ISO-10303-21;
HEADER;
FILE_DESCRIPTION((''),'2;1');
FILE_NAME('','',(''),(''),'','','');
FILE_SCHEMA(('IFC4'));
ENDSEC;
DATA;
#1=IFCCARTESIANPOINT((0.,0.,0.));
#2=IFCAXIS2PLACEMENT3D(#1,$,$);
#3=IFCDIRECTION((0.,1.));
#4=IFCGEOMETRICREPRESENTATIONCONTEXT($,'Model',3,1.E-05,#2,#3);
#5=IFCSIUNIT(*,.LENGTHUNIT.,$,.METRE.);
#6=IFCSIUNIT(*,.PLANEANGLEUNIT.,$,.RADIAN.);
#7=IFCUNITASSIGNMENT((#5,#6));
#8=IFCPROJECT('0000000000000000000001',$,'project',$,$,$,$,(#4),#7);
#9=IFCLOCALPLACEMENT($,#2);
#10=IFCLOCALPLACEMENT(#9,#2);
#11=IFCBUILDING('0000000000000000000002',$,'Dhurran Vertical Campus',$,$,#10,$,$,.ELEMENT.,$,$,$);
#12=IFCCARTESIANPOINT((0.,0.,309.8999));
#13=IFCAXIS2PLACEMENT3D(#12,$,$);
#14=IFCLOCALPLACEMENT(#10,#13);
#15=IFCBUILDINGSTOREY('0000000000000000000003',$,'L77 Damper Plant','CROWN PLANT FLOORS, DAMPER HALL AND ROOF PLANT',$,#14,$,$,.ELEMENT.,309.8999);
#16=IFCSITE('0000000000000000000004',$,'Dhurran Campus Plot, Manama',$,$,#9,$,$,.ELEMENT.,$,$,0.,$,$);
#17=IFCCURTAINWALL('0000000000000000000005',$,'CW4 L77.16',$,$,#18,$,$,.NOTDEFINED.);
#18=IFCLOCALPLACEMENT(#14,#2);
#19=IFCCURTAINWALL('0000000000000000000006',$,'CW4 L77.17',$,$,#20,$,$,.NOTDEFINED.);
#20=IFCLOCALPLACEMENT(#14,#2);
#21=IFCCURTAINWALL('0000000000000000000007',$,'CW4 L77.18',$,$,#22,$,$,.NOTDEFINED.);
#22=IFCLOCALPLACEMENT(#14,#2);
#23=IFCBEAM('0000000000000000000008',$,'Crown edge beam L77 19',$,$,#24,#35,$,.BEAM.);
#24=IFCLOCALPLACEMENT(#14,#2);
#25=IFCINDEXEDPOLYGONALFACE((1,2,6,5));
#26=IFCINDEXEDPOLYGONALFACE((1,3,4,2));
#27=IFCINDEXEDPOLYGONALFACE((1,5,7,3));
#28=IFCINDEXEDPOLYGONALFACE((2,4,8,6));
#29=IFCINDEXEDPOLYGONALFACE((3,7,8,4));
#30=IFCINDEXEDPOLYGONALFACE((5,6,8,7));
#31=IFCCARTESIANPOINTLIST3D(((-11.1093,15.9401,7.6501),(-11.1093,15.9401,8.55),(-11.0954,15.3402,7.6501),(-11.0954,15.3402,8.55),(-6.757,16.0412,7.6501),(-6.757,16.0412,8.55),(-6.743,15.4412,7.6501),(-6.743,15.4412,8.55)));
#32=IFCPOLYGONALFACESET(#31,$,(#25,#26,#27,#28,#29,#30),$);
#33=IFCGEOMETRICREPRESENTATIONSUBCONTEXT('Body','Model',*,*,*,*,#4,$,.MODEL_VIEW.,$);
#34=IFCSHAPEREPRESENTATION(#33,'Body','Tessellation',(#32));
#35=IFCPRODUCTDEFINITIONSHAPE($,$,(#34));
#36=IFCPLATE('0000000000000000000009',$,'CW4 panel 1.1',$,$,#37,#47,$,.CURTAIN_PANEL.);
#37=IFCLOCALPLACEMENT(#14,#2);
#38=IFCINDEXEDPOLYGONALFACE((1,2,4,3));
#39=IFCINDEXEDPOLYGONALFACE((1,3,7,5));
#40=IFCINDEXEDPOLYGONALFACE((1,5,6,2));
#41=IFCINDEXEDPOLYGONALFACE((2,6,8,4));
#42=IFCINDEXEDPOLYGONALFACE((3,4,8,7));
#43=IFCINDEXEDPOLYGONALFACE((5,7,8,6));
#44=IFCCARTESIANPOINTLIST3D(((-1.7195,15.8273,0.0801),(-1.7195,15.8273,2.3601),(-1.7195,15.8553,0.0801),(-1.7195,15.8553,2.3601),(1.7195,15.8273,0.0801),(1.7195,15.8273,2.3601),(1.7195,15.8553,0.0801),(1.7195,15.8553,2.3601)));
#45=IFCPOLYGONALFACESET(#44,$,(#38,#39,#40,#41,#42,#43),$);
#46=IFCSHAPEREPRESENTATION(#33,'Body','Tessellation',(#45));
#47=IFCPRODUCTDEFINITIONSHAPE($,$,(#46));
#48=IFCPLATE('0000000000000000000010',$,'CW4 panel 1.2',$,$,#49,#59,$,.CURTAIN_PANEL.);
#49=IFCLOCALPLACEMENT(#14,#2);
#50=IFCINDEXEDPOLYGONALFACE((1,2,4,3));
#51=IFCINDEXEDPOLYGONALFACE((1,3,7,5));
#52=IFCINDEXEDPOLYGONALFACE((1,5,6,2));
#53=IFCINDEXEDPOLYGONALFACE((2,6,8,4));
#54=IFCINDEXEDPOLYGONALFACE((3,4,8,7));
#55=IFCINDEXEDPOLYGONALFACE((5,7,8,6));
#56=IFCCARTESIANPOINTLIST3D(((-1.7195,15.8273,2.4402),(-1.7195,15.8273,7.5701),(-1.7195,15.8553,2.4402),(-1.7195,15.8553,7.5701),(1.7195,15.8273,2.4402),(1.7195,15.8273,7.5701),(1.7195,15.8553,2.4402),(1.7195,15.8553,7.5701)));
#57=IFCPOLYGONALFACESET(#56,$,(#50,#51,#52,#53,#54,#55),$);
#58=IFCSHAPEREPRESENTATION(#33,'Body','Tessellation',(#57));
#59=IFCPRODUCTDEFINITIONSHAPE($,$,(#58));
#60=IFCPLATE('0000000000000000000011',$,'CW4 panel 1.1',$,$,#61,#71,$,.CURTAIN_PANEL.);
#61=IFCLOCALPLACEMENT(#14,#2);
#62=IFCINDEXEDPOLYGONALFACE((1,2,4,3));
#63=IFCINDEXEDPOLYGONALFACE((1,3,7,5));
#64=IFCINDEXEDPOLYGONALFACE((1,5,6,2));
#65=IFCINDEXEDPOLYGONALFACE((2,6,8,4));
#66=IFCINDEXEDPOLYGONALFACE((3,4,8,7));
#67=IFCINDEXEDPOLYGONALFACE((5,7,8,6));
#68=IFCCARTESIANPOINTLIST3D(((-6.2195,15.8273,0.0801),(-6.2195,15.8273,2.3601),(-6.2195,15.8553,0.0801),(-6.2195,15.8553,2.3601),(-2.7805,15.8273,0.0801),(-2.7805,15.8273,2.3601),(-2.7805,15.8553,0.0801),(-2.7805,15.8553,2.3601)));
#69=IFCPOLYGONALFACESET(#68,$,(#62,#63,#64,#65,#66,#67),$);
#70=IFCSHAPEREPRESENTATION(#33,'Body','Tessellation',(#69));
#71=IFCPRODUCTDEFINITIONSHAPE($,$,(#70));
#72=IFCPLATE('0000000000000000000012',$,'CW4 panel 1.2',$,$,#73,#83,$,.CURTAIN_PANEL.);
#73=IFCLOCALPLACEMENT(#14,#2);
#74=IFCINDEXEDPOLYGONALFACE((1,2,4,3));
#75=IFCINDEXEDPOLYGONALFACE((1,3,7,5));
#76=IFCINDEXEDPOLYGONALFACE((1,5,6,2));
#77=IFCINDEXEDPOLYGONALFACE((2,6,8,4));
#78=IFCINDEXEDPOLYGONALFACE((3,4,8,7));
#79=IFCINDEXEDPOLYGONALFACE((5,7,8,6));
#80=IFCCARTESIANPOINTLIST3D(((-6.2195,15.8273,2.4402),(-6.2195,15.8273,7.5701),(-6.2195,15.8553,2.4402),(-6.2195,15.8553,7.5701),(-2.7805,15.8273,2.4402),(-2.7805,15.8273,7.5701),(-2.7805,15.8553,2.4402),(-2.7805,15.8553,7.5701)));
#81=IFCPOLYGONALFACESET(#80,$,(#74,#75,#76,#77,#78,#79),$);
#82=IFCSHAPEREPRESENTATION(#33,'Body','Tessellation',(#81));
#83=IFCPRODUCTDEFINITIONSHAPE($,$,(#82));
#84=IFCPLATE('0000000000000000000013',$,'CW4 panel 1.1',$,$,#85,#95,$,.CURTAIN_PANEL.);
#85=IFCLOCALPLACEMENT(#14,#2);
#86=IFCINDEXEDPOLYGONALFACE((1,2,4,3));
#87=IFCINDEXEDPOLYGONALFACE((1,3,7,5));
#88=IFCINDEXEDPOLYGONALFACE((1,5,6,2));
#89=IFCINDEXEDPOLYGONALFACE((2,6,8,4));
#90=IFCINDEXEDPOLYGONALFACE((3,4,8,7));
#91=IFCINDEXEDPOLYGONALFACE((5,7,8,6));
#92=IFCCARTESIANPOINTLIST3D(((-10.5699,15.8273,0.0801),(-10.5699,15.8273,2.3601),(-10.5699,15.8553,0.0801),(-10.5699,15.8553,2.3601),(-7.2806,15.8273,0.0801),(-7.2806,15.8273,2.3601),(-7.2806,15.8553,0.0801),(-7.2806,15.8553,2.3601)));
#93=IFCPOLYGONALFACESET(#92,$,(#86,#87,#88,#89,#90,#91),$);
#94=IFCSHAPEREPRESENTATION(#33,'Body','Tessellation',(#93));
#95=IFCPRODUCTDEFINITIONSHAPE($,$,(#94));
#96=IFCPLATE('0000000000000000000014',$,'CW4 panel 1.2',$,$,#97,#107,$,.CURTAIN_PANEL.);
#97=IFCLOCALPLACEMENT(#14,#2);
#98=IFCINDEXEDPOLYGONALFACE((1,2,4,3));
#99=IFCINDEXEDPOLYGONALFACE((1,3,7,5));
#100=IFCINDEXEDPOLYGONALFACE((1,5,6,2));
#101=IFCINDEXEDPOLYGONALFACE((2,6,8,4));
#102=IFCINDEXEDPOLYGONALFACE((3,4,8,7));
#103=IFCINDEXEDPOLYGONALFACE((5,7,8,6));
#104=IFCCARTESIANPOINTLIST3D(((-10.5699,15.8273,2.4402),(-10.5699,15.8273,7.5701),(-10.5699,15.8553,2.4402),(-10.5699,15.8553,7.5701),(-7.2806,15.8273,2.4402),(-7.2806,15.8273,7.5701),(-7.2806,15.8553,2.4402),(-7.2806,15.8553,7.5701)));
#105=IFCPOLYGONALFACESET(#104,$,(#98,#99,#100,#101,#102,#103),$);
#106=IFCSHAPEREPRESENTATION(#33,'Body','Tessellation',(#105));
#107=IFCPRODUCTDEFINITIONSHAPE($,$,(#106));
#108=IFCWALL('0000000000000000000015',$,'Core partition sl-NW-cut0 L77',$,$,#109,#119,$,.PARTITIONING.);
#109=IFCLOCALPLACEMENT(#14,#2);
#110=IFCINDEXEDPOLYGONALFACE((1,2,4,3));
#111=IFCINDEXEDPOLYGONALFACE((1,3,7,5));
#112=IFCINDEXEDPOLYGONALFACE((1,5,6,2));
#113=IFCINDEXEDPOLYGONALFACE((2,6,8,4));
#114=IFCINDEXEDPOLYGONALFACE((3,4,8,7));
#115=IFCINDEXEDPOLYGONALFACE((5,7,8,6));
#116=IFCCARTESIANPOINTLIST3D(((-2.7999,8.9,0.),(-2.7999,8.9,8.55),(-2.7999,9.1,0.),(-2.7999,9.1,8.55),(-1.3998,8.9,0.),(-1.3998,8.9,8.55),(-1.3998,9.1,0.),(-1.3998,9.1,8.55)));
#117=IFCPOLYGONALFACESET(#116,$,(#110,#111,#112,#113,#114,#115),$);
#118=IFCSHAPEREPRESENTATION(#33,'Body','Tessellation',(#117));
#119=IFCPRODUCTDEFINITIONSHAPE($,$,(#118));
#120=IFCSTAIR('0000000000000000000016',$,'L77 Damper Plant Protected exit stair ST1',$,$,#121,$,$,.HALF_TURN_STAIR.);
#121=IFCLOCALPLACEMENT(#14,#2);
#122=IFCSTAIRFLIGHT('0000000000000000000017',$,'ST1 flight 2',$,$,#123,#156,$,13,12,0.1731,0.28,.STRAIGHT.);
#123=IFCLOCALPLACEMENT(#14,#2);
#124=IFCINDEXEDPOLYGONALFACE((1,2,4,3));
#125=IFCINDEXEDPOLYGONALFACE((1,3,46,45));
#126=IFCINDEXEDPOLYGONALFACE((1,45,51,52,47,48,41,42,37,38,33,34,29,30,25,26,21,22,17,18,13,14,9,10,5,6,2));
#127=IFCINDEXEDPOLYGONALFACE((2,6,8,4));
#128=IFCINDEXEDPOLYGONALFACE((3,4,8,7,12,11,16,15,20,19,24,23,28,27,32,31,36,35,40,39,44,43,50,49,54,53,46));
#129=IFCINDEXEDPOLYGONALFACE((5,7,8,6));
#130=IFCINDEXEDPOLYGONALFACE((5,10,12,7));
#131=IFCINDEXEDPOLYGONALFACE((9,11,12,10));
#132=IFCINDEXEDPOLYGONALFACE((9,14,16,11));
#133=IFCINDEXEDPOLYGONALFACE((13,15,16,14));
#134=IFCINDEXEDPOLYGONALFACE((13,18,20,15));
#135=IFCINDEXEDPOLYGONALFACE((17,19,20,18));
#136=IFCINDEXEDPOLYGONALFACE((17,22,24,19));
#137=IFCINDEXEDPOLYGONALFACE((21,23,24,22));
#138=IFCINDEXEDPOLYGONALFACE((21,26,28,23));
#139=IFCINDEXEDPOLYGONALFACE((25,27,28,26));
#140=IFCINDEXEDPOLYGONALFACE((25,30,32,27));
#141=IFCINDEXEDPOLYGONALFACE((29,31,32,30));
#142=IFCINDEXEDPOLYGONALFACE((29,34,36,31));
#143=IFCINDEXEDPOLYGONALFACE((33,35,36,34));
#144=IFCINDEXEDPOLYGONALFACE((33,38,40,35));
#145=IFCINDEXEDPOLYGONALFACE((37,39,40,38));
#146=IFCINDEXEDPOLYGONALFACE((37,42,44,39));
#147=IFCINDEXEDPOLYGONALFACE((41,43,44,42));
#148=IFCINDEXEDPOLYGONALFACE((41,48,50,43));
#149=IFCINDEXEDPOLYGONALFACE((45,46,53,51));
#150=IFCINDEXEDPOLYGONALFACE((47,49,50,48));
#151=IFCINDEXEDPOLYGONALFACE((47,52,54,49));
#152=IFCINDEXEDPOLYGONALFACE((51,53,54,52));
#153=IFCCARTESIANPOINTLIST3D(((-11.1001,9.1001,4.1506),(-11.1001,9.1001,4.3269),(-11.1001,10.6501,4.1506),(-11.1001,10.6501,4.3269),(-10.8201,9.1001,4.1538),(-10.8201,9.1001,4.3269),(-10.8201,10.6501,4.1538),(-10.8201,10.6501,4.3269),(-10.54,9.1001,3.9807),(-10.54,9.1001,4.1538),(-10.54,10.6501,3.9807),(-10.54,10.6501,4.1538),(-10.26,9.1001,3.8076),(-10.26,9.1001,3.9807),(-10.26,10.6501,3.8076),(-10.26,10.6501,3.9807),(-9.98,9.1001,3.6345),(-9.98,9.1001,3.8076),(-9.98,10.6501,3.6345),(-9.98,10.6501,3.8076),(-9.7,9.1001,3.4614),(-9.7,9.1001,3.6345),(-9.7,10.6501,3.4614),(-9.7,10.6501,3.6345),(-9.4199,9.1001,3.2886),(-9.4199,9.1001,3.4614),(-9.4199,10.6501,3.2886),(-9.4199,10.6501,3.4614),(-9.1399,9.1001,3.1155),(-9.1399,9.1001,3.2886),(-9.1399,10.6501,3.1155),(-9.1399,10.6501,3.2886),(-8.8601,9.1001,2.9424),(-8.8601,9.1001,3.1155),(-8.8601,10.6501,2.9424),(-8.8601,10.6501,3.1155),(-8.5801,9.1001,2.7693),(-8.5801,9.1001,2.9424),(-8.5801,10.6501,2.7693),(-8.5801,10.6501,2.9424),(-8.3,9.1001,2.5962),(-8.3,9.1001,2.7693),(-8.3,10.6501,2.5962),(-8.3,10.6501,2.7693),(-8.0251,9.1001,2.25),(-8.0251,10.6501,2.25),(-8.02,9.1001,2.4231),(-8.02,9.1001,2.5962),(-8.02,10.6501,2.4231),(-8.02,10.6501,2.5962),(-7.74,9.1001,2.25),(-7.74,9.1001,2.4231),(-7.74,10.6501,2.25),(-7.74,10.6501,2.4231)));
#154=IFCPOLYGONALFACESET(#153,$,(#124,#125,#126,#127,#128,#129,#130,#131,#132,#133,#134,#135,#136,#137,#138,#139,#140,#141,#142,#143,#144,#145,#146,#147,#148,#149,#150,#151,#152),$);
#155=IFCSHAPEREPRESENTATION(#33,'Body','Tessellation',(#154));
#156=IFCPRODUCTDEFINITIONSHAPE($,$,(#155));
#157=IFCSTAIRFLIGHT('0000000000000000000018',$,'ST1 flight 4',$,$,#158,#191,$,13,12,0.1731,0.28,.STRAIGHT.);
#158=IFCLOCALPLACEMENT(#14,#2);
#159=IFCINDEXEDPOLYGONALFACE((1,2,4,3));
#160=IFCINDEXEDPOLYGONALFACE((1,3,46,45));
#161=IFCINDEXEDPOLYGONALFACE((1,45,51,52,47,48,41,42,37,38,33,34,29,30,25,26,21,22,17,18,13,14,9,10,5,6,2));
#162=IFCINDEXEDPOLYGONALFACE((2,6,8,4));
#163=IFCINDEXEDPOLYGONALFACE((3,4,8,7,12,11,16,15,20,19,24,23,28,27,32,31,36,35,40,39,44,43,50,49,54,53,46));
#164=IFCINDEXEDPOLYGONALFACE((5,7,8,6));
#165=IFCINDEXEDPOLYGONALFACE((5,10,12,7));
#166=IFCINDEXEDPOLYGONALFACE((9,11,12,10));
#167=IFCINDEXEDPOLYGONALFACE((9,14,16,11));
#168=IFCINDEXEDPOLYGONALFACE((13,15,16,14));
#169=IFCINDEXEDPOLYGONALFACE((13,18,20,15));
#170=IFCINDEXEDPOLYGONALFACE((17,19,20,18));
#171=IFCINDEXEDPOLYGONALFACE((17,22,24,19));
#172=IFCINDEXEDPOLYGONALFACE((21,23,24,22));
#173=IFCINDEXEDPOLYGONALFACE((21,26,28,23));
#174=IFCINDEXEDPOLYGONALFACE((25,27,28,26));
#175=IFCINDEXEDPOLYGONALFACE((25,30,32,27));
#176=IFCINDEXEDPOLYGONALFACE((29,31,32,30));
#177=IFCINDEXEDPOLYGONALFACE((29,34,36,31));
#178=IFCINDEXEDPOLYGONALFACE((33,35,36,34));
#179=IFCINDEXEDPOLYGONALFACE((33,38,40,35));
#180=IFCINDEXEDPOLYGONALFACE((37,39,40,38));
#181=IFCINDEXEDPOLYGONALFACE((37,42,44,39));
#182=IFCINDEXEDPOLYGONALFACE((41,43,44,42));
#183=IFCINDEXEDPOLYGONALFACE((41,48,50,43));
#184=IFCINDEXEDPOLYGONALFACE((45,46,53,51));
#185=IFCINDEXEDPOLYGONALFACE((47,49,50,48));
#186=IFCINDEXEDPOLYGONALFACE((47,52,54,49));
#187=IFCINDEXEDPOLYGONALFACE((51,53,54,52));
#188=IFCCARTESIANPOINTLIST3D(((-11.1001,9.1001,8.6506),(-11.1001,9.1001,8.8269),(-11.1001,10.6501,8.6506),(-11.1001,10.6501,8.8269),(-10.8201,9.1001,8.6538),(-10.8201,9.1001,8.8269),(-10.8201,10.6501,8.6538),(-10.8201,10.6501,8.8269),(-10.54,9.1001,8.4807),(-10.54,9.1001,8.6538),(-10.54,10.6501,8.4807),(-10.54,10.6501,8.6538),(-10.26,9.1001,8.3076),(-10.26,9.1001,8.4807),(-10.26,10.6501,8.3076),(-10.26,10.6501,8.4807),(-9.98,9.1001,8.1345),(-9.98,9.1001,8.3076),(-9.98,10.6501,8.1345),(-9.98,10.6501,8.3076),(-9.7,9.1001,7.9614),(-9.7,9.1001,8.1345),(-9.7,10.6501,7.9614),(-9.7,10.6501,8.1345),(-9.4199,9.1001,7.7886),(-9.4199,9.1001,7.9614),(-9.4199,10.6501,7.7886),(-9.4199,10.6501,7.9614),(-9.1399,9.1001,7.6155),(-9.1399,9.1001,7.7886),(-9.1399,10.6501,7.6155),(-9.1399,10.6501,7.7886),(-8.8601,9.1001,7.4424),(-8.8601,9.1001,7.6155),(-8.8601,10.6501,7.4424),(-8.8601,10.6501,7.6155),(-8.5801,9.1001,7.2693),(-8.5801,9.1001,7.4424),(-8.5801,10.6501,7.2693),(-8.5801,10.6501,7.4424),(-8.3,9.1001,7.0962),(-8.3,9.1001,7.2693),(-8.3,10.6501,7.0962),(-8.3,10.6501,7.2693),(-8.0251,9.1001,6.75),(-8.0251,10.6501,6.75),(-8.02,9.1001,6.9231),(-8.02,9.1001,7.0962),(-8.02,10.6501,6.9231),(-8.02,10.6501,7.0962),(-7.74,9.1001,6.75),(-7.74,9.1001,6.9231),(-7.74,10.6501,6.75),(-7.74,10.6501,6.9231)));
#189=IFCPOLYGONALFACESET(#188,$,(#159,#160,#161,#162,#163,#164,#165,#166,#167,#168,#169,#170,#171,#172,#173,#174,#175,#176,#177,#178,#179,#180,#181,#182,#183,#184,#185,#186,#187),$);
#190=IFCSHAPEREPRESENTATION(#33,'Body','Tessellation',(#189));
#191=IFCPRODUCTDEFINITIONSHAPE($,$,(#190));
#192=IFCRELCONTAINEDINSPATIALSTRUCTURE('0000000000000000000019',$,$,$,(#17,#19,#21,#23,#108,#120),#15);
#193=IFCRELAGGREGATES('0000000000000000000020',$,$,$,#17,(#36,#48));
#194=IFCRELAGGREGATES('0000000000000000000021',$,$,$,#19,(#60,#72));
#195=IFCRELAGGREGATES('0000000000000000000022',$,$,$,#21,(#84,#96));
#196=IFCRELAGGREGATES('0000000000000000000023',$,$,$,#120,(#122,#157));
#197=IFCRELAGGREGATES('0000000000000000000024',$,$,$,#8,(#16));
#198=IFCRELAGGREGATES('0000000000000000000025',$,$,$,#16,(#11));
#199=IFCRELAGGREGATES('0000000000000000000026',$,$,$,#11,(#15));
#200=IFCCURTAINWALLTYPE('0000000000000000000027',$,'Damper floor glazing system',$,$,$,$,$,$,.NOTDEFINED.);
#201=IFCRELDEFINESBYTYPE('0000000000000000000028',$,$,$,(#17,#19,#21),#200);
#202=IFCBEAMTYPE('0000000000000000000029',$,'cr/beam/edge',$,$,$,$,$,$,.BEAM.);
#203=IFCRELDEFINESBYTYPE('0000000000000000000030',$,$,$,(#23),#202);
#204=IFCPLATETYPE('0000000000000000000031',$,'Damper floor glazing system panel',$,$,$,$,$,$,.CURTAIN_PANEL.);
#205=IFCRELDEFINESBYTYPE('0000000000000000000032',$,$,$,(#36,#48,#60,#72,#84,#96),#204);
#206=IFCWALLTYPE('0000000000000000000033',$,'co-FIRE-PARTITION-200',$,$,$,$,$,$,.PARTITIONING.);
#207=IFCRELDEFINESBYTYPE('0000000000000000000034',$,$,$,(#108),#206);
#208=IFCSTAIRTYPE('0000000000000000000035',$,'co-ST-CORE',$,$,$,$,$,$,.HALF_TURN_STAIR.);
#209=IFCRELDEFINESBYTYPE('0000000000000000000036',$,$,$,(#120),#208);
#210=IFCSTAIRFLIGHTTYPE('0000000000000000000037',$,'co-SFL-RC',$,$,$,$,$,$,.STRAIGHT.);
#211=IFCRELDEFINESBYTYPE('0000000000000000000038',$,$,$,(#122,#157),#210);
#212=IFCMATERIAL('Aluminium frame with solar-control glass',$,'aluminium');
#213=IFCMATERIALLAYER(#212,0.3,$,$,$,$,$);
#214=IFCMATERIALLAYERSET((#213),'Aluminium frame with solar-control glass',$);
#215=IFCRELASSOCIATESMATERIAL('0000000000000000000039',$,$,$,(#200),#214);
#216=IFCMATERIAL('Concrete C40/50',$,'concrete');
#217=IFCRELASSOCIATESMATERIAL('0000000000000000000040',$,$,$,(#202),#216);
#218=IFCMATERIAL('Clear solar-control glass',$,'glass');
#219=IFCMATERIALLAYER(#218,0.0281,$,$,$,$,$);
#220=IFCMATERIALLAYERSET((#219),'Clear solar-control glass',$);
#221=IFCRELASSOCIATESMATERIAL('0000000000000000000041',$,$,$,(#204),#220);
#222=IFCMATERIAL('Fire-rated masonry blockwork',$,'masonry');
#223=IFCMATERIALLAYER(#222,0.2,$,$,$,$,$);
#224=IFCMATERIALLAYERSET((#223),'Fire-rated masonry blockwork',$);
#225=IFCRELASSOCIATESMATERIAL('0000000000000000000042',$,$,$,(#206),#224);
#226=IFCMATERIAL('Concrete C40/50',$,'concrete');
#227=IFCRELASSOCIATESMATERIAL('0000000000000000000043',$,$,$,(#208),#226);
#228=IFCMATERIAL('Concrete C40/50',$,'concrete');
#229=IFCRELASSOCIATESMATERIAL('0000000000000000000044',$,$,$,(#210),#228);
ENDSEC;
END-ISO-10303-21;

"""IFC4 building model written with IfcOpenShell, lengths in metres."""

from ifc_helpers import new_model, si_unit, direction, frame, frame_2d, origin, origin_2d, place, context, subcontext, project, spatial, polyline, rectangle, outline, extrude, material, layer, layer_set, material_profile, profile_set, type_object, element, aggregate, save


model = new_model("IFC4")

# Units and contexts
model_context = context("Model", 3, precision=1e-05, world=origin(), true_north=direction((0.0, 1.0)))
body_context = subcontext(model_context, "Body", "Model", "MODEL_VIEW")
ifc_project = project(units=[si_unit("LENGTHUNIT", "METRE"), si_unit("PLANEANGLEUNIT", "RADIAN")], contexts=[model_context])

# Site, building, storey
site_placement = place(None, origin())
site = spatial("IfcSite", under=ifc_project, at=site_placement, Name="Dhurran Campus Plot, Manama", CompositionType="ELEMENT", RefElevation=0.0)
building_placement = place(site_placement, origin())
building = spatial("IfcBuilding", under=site, at=building_placement, Name="Dhurran Vertical Campus", CompositionType="ELEMENT")
storey_placement = place(building_placement, frame((0.0, 0.0, 309.8999)))
storey = spatial("IfcBuildingStorey", under=building, at=storey_placement, Name="L77 Damper Plant", Description="CROWN PLANT FLOORS, DAMPER HALL AND ROOF PLANT", CompositionType="ELEMENT", Elevation=309.8999)

# Curtain wall
ifc_material_1 = material(Name="Aluminium frame with solar-control glass", Category="aluminium")
ifc_layer_1 = layer(ifc_material_1, 0.3)
ifc_layer_set_1 = layer_set([ifc_layer_1], Name="Aluminium frame with solar-control glass")
curtain_wall_type = type_object("IfcCurtainWallType", Name="Damper floor glazing system", PredefinedType="NOTDEFINED", material=ifc_layer_set_1)
curtain_wall_1_placement = place(storey_placement, origin())
curtain_wall_1 = element("IfcCurtainWall", 1, at=curtain_wall_1_placement, inside=storey, type_object=curtain_wall_type, Name="CW4 L77.16", PredefinedType="NOTDEFINED")

# Curtain walls
curtain_wall_2_placement = place(storey_placement, origin())
curtain_wall_2 = element("IfcCurtainWall", 2, at=curtain_wall_2_placement, inside=storey, type_object=curtain_wall_type, Name="CW4 L77.17", PredefinedType="NOTDEFINED")
curtain_wall_3_placement = place(storey_placement, origin())
curtain_wall_3 = element("IfcCurtainWall", 3, at=curtain_wall_3_placement, inside=storey, type_object=curtain_wall_type, Name="CW4 L77.18", PredefinedType="NOTDEFINED")

# Beam
ifc_material_2 = material(Name="Concrete C40/50", Category="concrete")
ifc_material_profile_1 = material_profile(ifc_material_2, rectangle(XDim=0.6001, YDim=0.8999, at=origin_2d()), Name="cr/beam/edge")
ifc_profile_set_1 = profile_set([ifc_material_profile_1], Name="Concrete C40/50")
beam_type = type_object("IfcBeamType", Name="cr/beam/edge", PredefinedType="BEAM", material=ifc_profile_set_1)
beam_1_placement = place(storey_placement, frame((-6.75, 15.7412, 8.1001), z_axis=(-0.99973, -0.023217, 0.0), x_axis=(0.023217, -0.99973, 0.0)))
element("IfcBeam", 4, at=beam_1_placement, inside=storey, type_object=beam_type, Name="Crown edge beam L77 19", PredefinedType="BEAM", context=body_context, shape_type="SweptSolid", body=[
    extrude(rectangle(XDim=0.6001, YDim=0.8999, at=origin_2d()), origin(), (0.0, 0.0, 1.0), 4.3535),
])

# Plates
ifc_material_3 = material(Name="Clear solar-control glass", Category="glass")
ifc_layer_2 = layer(ifc_material_3, 0.0281)
ifc_layer_set_2 = layer_set([ifc_layer_2], Name="Clear solar-control glass")
plate_type = type_object("IfcPlateType", Name="Damper floor glazing system panel", PredefinedType="CURTAIN_PANEL", material=ifc_layer_set_2)
plate_1_placement = place(storey_placement, frame((0.0, 15.8413, 0.0801), z_axis=(0.0, 0.0, 1.0), x_axis=(-1.0, 0.0, 0.0)))
plate_1 = element("IfcPlate", 5, at=plate_1_placement, type_object=plate_type, Name="CW4 panel 1.1", PredefinedType="CURTAIN_PANEL", context=body_context, shape_type="SweptSolid", body=[
    extrude(rectangle(XDim=3.439, YDim=0.0281, at=origin_2d()), origin(), (0.0, 0.0, 1.0), 2.28),
])
plate_2_placement = place(storey_placement, frame((0.0, 15.8413, 2.4402), z_axis=(0.0, 0.0, 1.0), x_axis=(-1.0, 0.0, 0.0)))
plate_2 = element("IfcPlate", 6, at=plate_2_placement, type_object=plate_type, Name="CW4 panel 1.2", PredefinedType="CURTAIN_PANEL", context=body_context, shape_type="SweptSolid", body=[
    extrude(rectangle(XDim=3.439, YDim=0.0281, at=origin_2d()), origin(), (0.0, 0.0, 1.0), 5.1299),
])
aggregate(curtain_wall_1, [plate_1, plate_2])
plate_3_placement = place(storey_placement, frame((-4.5, 15.8413, 0.0801), z_axis=(0.0, 0.0, 1.0), x_axis=(-1.0, 0.0, 0.0)))
plate_3 = element("IfcPlate", 7, at=plate_3_placement, type_object=plate_type, Name="CW4 panel 1.1", PredefinedType="CURTAIN_PANEL", context=body_context, shape_type="SweptSolid", body=[
    extrude(rectangle(XDim=3.439, YDim=0.0281, at=origin_2d()), origin(), (0.0, 0.0, 1.0), 2.28),
])
plate_4_placement = place(storey_placement, frame((-4.5, 15.8413, 2.4402), z_axis=(0.0, 0.0, 1.0), x_axis=(-1.0, 0.0, 0.0)))
plate_4 = element("IfcPlate", 8, at=plate_4_placement, type_object=plate_type, Name="CW4 panel 1.2", PredefinedType="CURTAIN_PANEL", context=body_context, shape_type="SweptSolid", body=[
    extrude(rectangle(XDim=3.439, YDim=0.0281, at=origin_2d()), origin(), (0.0, 0.0, 1.0), 5.1299),
])
aggregate(curtain_wall_2, [plate_3, plate_4])
plate_5_placement = place(storey_placement, frame((-8.9253, 15.8413, 0.0801), z_axis=(0.0, 0.0, 1.0), x_axis=(-1.0, 0.0, 0.0)))
plate_5 = element("IfcPlate", 9, at=plate_5_placement, type_object=plate_type, Name="CW4 panel 1.1", PredefinedType="CURTAIN_PANEL", context=body_context, shape_type="SweptSolid", body=[
    extrude(rectangle(XDim=3.2893, YDim=0.0281, at=origin_2d()), origin(), (0.0, 0.0, 1.0), 2.28),
])
plate_6_placement = place(storey_placement, frame((-8.9253, 15.8413, 2.4402), z_axis=(0.0, 0.0, 1.0), x_axis=(-1.0, 0.0, 0.0)))
plate_6 = element("IfcPlate", 10, at=plate_6_placement, type_object=plate_type, Name="CW4 panel 1.2", PredefinedType="CURTAIN_PANEL", context=body_context, shape_type="SweptSolid", body=[
    extrude(rectangle(XDim=3.2893, YDim=0.0281, at=origin_2d()), origin(), (0.0, 0.0, 1.0), 5.1299),
])
aggregate(curtain_wall_3, [plate_5, plate_6])

# Wall
ifc_material_4 = material(Name="Fire-rated masonry blockwork", Category="masonry")
ifc_layer_3 = layer(ifc_material_4, 0.2)
ifc_layer_set_3 = layer_set([ifc_layer_3], Name="Fire-rated masonry blockwork")
wall_type = type_object("IfcWallType", Name="co-FIRE-PARTITION-200", PredefinedType="PARTITIONING", material=ifc_layer_set_3)
wall_placement = place(storey_placement, frame((-2.8, 9.0, 0.0), z_axis=(0.0, 0.0, 1.0), x_axis=(1.0, 0.0, 0.0)))
element("IfcWall", 11, at=wall_placement, inside=storey, type_object=wall_type, Name="Core partition sl-NW-cut0 L77", PredefinedType="PARTITIONING", context=body_context, shape_type="SweptSolid", body=[
    extrude(rectangle(XDim=1.4001, YDim=0.2, at=frame_2d((0.7002, 0.0))), origin(), (0.0, 0.0, 1.0), 8.55),
])

# Stair, stair flights
ifc_material_5 = material(Name="Concrete C40/50", Category="concrete")
stair_type = type_object("IfcStairType", Name="co-ST-CORE", PredefinedType="HALF_TURN_STAIR", material=ifc_material_5)
stair_placement = place(storey_placement, origin())
stair = element("IfcStair", 12, at=stair_placement, inside=storey, type_object=stair_type, Name="L77 Damper Plant Protected exit stair ST1", PredefinedType="HALF_TURN_STAIR")
ifc_material_6 = material(Name="Concrete C40/50", Category="concrete")
stair_flight_type = type_object("IfcStairFlightType", Name="co-SFL-RC", PredefinedType="STRAIGHT", material=ifc_material_6)
stair_flight_1_placement = place(storey_placement, frame((-7.74, 9.875, 2.25), z_axis=(0.0, 0.0, 1.0), x_axis=(-1.0, 0.0, 0.0)))
stair_flight_1 = element("IfcStairFlight", 13, at=stair_flight_1_placement, type_object=stair_flight_type, Name="ST1 flight 2", NumberOfRisers=13, NumberOfTreads=12, PredefinedType="STRAIGHT", RiserHeight=0.1731, TreadLength=0.28, context=body_context, shape_type="SweptSolid", body=[
    extrude(outline(polyline([(0.0, 0.0), (0.0, 0.1731), (0.28, 0.1731), (0.28, 0.3462), (0.5601, 0.3462), (0.5601, 0.5193), (0.8401, 0.5193), (0.8401, 0.6924), (1.1201, 0.6924), (1.1201, 0.8655), (1.3999, 0.8655), (1.3999, 1.0386), (1.6799, 1.0386), (1.6799, 1.2114), (1.96, 1.2114), (1.96, 1.3845), (2.24, 1.3845), (2.24, 1.5576), (2.52, 1.5576), (2.52, 1.7307), (2.8, 1.7307), (2.8, 1.9038), (3.0801, 1.9038), (3.0801, 2.0769), (3.3601, 2.0769), (3.3601, 2.25), (3.3601, 1.9006), (0.2852, 0.0), (0.0, 0.0)])), frame((0.0, 0.7749, 0.0), z_axis=(0.0, -1.0, 0.0), x_axis=(1.0, 0.0, 0.0)), (0.0, 0.0, 1.0), 1.55),
])
stair_flight_2_placement = place(storey_placement, frame((-7.74, 9.875, 6.75), z_axis=(0.0, 0.0, 1.0), x_axis=(-1.0, 0.0, 0.0)))
stair_flight_2 = element("IfcStairFlight", 14, at=stair_flight_2_placement, type_object=stair_flight_type, Name="ST1 flight 4", NumberOfRisers=13, NumberOfTreads=12, PredefinedType="STRAIGHT", RiserHeight=0.1731, TreadLength=0.28, context=body_context, shape_type="SweptSolid", body=[
    extrude(outline(polyline([(0.0, 0.0), (0.0, 0.1731), (0.28, 0.1731), (0.28, 0.3462), (0.5601, 0.3462), (0.5601, 0.5193), (0.8401, 0.5193), (0.8401, 0.6924), (1.1201, 0.6924), (1.1201, 0.8655), (1.3999, 0.8655), (1.3999, 1.0386), (1.6799, 1.0386), (1.6799, 1.2114), (1.96, 1.2114), (1.96, 1.3845), (2.24, 1.3845), (2.24, 1.5576), (2.52, 1.5576), (2.52, 1.7307), (2.8, 1.7307), (2.8, 1.9038), (3.0801, 1.9038), (3.0801, 2.0769), (3.3601, 2.0769), (3.3601, 2.25), (3.3601, 1.9006), (0.2852, 0.0), (0.0, 0.0)])), frame((0.0, 0.7749, 0.0), z_axis=(0.0, -1.0, 0.0), x_axis=(1.0, 0.0, 0.0)), (0.0, 0.0, 1.0), 1.55),
])
aggregate(stair, [stair_flight_1, stair_flight_2])

save(model, "model.ifc")
